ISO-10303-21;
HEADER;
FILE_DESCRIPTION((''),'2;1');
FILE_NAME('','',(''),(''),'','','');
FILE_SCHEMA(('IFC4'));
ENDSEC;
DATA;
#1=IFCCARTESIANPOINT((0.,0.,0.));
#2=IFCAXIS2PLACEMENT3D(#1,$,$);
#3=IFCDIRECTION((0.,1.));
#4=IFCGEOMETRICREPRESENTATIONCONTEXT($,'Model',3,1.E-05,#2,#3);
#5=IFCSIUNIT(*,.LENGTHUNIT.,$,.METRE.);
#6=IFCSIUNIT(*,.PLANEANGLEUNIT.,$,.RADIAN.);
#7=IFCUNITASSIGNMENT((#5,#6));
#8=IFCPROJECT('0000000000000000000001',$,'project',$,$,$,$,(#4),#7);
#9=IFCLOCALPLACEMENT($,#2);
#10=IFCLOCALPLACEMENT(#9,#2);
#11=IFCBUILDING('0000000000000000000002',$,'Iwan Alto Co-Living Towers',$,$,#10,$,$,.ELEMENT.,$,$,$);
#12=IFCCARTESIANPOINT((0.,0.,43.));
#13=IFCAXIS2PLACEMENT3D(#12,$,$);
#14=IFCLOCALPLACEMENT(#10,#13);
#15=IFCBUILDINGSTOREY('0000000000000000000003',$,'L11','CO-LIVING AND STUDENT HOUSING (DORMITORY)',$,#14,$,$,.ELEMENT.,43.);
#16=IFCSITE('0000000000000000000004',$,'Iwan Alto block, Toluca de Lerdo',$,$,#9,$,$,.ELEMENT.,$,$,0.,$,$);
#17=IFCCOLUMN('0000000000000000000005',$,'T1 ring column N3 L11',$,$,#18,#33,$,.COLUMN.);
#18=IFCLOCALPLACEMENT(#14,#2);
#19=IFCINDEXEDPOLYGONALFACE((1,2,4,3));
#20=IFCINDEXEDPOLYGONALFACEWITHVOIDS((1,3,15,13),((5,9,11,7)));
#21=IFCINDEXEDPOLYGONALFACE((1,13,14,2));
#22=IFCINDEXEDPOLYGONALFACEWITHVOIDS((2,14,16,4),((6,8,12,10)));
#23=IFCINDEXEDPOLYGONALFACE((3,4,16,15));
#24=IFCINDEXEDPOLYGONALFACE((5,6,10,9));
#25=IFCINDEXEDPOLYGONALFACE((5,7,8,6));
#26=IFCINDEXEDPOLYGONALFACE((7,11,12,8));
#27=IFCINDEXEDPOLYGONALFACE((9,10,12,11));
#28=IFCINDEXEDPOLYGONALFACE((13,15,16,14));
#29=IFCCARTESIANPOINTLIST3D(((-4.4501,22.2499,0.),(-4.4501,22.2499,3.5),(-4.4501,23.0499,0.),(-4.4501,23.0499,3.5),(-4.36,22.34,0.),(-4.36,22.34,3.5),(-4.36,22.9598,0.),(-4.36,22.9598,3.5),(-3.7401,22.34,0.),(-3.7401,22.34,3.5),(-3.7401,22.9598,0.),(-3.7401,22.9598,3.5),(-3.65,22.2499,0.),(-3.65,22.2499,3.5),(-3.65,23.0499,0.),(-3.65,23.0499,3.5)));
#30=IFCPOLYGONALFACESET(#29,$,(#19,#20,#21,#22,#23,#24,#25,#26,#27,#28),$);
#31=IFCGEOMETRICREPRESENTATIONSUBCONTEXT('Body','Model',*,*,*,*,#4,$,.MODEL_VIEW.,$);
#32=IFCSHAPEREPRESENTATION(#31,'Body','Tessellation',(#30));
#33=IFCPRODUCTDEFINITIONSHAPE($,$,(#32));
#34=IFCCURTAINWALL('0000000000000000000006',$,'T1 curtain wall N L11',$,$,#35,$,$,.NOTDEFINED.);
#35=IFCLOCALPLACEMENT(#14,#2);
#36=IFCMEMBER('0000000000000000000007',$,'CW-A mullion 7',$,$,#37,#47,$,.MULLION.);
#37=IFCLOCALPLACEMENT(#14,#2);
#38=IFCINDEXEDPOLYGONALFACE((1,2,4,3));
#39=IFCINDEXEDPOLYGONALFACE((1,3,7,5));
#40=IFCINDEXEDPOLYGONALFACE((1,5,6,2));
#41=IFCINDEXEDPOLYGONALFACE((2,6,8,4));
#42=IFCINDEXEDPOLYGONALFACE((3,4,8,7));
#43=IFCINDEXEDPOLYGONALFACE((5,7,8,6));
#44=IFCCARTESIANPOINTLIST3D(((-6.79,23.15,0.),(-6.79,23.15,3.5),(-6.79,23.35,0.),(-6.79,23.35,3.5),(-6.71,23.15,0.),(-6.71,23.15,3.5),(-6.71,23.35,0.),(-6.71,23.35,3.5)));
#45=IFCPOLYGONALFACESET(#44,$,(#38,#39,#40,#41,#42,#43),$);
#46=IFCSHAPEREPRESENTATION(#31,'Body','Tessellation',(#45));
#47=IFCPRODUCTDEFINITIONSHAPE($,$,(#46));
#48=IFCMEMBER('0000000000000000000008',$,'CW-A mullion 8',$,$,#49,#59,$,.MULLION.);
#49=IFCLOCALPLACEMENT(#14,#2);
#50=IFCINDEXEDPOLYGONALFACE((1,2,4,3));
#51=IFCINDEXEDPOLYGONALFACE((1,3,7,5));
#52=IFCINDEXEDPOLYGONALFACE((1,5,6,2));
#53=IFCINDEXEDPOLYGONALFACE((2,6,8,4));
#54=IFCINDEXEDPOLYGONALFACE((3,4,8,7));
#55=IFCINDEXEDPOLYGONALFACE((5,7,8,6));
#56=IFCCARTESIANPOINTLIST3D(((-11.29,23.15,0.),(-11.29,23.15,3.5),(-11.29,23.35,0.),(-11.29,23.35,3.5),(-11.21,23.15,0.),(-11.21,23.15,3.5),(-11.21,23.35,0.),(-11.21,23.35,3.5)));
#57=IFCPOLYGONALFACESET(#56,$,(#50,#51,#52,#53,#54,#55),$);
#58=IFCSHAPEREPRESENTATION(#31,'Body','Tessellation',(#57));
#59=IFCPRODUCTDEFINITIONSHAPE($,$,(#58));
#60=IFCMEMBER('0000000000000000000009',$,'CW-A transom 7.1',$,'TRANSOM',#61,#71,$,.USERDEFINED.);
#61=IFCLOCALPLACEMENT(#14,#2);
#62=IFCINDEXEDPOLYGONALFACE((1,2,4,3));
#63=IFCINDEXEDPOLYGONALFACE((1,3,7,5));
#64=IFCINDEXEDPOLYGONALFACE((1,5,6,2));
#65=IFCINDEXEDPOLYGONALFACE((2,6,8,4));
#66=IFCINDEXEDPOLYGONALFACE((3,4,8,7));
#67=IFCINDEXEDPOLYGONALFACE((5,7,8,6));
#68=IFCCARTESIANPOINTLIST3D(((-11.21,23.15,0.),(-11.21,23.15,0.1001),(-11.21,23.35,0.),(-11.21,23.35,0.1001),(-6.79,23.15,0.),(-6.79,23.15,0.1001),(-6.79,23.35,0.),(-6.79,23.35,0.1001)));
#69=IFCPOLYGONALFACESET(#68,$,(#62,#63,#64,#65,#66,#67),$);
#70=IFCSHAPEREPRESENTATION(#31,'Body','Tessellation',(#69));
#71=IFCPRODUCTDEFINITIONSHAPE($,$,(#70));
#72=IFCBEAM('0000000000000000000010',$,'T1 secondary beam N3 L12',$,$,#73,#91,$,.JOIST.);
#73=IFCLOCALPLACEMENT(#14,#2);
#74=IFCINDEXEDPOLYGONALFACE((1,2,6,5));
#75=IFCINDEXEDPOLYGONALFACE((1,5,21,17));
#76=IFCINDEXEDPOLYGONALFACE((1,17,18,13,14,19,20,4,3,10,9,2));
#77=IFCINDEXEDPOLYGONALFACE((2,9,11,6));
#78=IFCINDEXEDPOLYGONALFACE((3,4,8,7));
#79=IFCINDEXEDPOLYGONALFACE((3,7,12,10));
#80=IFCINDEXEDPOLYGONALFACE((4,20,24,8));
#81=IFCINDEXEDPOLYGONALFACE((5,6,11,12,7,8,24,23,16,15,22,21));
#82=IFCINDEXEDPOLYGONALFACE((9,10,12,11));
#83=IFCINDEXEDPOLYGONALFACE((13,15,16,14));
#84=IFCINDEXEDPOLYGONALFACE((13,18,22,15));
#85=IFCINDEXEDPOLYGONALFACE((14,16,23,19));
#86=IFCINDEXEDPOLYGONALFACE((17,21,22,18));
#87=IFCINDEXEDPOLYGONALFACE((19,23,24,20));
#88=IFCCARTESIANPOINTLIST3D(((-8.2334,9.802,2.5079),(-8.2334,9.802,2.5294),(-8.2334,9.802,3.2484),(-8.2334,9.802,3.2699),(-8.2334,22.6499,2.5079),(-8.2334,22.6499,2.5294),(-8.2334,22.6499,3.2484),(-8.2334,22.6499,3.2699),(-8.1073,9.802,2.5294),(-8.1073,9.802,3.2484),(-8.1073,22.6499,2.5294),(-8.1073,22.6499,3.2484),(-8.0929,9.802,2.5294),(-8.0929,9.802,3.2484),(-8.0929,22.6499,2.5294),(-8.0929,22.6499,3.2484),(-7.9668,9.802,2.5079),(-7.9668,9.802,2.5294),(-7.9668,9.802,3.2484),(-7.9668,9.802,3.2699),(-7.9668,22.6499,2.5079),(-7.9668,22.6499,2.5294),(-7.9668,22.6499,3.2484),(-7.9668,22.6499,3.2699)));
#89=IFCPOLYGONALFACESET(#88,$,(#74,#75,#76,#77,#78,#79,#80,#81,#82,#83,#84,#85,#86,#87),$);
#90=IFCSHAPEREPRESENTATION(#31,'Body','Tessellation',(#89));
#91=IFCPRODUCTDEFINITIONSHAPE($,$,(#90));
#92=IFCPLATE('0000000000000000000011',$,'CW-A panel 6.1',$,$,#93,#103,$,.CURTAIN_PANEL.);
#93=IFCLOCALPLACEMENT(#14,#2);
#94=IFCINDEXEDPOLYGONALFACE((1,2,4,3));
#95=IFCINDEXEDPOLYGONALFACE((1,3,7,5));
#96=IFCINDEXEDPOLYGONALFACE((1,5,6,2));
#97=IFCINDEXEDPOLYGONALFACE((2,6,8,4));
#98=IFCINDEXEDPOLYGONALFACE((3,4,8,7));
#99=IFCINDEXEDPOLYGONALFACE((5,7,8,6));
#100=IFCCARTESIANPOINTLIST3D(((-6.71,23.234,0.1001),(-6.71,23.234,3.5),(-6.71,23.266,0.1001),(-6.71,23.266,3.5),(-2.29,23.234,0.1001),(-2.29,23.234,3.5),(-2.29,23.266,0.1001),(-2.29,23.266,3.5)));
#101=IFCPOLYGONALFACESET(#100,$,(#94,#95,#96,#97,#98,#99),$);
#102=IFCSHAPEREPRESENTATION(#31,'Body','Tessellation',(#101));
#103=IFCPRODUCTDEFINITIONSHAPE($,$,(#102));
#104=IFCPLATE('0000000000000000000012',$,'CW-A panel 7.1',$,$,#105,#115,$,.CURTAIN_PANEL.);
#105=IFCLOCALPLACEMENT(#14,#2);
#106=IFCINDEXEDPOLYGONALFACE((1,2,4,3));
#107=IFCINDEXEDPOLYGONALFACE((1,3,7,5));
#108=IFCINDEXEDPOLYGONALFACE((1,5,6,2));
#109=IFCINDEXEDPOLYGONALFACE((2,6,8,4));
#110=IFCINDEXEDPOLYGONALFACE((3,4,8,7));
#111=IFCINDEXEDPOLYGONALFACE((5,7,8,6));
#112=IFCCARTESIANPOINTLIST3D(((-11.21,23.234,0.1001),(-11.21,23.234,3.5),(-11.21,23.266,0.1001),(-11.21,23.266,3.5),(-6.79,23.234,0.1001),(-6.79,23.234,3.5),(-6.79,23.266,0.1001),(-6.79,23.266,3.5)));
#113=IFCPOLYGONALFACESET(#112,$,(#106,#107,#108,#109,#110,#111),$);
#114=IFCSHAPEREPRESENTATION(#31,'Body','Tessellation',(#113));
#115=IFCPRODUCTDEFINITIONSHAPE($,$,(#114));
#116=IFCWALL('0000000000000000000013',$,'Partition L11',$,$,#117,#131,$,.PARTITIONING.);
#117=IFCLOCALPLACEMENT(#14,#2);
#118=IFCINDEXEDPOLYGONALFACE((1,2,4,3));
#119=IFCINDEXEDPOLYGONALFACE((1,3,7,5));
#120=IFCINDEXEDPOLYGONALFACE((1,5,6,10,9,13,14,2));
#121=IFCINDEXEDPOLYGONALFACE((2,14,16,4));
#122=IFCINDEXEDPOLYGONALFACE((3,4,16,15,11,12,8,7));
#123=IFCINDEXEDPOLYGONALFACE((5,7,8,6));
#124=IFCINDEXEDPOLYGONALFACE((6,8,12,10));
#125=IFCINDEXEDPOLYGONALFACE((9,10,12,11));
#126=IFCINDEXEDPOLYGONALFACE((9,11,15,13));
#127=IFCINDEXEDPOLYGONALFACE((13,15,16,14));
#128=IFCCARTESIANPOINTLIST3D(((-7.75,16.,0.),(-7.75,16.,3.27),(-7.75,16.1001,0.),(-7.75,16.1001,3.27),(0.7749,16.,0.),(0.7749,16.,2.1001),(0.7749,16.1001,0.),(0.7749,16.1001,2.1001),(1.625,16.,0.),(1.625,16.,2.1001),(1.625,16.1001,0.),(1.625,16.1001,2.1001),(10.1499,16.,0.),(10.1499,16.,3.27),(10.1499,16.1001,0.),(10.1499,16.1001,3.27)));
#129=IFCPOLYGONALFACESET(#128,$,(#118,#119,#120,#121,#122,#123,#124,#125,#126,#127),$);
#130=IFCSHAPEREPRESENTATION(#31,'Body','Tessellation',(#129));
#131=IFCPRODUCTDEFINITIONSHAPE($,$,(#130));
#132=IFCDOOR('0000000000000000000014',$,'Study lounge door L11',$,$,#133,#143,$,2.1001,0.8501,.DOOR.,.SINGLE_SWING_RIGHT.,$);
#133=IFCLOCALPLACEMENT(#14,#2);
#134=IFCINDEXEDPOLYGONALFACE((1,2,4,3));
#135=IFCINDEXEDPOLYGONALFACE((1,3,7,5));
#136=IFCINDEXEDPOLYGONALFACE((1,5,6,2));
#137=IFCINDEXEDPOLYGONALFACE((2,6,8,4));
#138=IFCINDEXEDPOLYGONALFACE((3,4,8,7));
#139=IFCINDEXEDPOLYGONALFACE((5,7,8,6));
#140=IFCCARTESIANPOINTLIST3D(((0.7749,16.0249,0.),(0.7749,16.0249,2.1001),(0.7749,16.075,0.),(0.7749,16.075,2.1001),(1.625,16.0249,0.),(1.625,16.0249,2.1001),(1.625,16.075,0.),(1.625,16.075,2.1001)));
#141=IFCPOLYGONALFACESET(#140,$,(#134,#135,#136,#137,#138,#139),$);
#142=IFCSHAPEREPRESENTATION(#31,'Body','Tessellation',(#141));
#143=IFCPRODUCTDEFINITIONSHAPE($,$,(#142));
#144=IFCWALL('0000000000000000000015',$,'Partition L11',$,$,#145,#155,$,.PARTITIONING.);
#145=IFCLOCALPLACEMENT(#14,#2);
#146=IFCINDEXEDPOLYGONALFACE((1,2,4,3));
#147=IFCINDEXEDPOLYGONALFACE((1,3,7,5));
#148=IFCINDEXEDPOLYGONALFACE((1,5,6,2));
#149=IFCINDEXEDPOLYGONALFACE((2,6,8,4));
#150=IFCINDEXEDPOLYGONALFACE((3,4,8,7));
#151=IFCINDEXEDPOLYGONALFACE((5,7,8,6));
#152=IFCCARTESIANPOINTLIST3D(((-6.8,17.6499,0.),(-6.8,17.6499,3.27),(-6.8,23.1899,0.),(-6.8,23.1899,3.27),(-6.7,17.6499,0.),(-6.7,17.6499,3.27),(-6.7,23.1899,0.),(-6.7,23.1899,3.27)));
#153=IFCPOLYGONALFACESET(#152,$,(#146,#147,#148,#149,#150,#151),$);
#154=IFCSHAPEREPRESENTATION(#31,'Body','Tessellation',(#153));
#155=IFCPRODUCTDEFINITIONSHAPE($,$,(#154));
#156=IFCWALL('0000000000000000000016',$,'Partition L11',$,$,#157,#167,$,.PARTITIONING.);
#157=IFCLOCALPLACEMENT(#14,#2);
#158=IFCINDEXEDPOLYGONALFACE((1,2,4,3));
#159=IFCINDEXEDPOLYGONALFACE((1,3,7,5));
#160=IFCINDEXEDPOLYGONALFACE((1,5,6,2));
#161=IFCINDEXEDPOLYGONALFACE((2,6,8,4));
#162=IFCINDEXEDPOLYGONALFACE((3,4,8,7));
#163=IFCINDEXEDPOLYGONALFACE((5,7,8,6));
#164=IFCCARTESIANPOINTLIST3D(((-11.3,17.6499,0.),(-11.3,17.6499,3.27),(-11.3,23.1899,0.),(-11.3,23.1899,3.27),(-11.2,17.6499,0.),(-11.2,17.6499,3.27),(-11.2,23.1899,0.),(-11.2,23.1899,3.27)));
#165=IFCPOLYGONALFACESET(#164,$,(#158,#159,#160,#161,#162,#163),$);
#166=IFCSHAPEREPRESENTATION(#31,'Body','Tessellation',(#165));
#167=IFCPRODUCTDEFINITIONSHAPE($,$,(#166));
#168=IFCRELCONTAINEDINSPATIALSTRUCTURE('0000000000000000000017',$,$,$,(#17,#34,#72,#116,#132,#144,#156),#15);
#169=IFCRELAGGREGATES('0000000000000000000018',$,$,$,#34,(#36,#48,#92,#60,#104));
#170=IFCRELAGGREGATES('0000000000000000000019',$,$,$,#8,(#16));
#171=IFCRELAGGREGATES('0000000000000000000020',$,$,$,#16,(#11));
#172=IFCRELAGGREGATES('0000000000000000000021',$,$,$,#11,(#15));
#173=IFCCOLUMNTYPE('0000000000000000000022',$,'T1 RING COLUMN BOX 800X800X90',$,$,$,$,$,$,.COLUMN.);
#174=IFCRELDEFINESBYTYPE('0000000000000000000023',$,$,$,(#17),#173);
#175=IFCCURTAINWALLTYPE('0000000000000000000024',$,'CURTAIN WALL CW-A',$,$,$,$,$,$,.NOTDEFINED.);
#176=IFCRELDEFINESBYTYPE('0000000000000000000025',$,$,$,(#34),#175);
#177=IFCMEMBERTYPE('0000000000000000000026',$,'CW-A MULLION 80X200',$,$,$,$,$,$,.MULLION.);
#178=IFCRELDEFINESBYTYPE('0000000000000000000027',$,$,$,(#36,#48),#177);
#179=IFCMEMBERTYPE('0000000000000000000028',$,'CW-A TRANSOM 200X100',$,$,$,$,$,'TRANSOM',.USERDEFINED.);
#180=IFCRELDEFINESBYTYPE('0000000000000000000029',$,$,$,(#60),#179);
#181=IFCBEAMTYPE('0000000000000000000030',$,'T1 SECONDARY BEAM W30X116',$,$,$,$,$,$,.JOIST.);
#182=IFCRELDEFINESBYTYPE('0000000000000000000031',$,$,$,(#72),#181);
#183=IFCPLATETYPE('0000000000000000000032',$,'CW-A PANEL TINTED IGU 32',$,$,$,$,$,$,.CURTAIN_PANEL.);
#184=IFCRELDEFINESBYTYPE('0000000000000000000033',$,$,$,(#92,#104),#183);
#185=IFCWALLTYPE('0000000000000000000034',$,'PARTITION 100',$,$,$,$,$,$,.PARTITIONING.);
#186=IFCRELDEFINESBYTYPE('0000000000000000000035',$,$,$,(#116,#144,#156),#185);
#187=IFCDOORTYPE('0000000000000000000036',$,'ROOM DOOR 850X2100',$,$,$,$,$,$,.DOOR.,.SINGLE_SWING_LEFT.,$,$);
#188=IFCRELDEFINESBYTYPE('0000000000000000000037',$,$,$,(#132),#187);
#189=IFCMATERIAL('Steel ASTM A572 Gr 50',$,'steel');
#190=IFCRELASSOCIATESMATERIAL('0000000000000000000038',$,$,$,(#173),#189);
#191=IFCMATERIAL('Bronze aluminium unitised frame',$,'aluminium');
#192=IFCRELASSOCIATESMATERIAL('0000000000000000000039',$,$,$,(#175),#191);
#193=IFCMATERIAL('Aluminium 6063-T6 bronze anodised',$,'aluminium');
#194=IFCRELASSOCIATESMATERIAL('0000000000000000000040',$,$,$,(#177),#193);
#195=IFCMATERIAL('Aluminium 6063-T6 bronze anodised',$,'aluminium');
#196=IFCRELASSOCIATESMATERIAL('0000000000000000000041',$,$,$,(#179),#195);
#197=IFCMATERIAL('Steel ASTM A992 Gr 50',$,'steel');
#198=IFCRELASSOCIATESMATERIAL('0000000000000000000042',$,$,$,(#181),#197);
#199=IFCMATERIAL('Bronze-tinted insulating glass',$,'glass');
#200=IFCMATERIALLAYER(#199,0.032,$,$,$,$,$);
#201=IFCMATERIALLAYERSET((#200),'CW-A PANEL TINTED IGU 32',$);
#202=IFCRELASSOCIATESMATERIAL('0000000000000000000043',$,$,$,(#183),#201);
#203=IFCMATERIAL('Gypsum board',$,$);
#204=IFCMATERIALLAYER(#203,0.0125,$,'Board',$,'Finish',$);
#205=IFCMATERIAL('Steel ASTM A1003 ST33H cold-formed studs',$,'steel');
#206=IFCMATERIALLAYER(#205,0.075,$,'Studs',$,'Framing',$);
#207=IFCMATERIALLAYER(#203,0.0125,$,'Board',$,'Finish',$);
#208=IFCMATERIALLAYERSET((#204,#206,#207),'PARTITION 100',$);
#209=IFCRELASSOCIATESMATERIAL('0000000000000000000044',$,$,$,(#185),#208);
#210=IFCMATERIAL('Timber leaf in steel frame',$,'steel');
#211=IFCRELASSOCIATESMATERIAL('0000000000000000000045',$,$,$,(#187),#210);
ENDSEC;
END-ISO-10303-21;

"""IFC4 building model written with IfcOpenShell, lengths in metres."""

from ifc_helpers import new_model, si_unit, direction, frame, frame_2d, origin, origin_2d, place, context, subcontext, project, spatial, rectangle, hollow_rectangle, i_section, extrude, material, layer, layer_set, material_profile, profile_set, type_object, element, fill, aggregate, save


model = new_model("IFC4")

# Units and contexts
model_context = context("Model", 3, precision=1e-05, world=origin(), true_north=direction((0.0, 1.0)))
body_context = subcontext(model_context, "Body", "Model", "MODEL_VIEW")
ifc_project = project(units=[si_unit("LENGTHUNIT", "METRE"), si_unit("PLANEANGLEUNIT", "RADIAN")], contexts=[model_context])

# Site, building, storey
site_placement = place(None, origin())
site = spatial("IfcSite", under=ifc_project, at=site_placement, Name="Iwan Alto block, Toluca de Lerdo", CompositionType="ELEMENT", RefElevation=0.0)
building_placement = place(site_placement, origin())
building = spatial("IfcBuilding", under=site, at=building_placement, Name="Iwan Alto Co-Living Towers", CompositionType="ELEMENT")
storey_placement = place(building_placement, frame((0.0, 0.0, 43.0)))
storey = spatial("IfcBuildingStorey", under=building, at=storey_placement, Name="L11", Description="CO-LIVING AND STUDENT HOUSING (DORMITORY)", CompositionType="ELEMENT", Elevation=43.0)

# Column
ifc_material_1 = material(Name="Steel ASTM A572 Gr 50", Category="steel")
ifc_material_profile_1 = material_profile(ifc_material_1, hollow_rectangle(XDim=0.8, YDim=0.8, WallThickness=0.0901, at=origin_2d()), Name="BOX 800X800X90")
ifc_profile_set_1 = profile_set([ifc_material_profile_1], Name="Steel ASTM A572 Gr 50")
column_type = type_object("IfcColumnType", Name="T1 RING COLUMN BOX 800X800X90", PredefinedType="COLUMN", material=ifc_profile_set_1)
column_placement = place(storey_placement, frame((-4.05, 22.6499, 0.0), z_axis=(0.0, 0.0, 1.0), x_axis=(1.0, 0.0, 0.0)))
element("IfcColumn", 1, at=column_placement, inside=storey, type_object=column_type, Name="T1 ring column N3 L11", PredefinedType="COLUMN", context=body_context, shape_type="SweptSolid", body=[
    extrude(hollow_rectangle(XDim=0.8, YDim=0.8, WallThickness=0.0901, at=origin_2d()), origin(), (0.0, 0.0, 1.0), 3.5),
])

# Curtain wall, members
ifc_material_2 = material(Name="Bronze aluminium unitised frame", Category="aluminium")
curtain_wall_type = type_object("IfcCurtainWallType", Name="CURTAIN WALL CW-A", PredefinedType="NOTDEFINED", material=ifc_material_2)
curtain_wall_placement = place(storey_placement, origin())
curtain_wall = element("IfcCurtainWall", 2, at=curtain_wall_placement, inside=storey, type_object=curtain_wall_type, Name="T1 curtain wall N L11", PredefinedType="NOTDEFINED")
ifc_material_3 = material(Name="Aluminium 6063-T6 bronze anodised", Category="aluminium")
ifc_material_profile_2 = material_profile(ifc_material_3, rectangle(XDim=0.2, YDim=0.0801, at=origin_2d()), Name="AL 80X200")
ifc_profile_set_2 = profile_set([ifc_material_profile_2], Name="Aluminium 6063-T6 bronze anodised")
member_type_1 = type_object("IfcMemberType", Name="CW-A MULLION 80X200", PredefinedType="MULLION", material=ifc_profile_set_2)
member_1_placement = place(storey_placement, frame((-6.75, 23.25, 0.0), z_axis=(0.0, 0.0, 1.0), x_axis=(0.0, -1.0, 0.0)))
member_1 = element("IfcMember", 3, at=member_1_placement, type_object=member_type_1, Name="CW-A mullion 7", PredefinedType="MULLION", context=body_context, shape_type="SweptSolid", body=[
    extrude(rectangle(XDim=0.2, YDim=0.0801, at=origin_2d()), origin(), (0.0, 0.0, 1.0), 3.5),
])
member_2_placement = place(storey_placement, frame((-11.25, 23.25, 0.0), z_axis=(0.0, 0.0, 1.0), x_axis=(0.0, -1.0, 0.0)))
member_2 = element("IfcMember", 4, at=member_2_placement, type_object=member_type_1, Name="CW-A mullion 8", PredefinedType="MULLION", context=body_context, shape_type="SweptSolid", body=[
    extrude(rectangle(XDim=0.2, YDim=0.0801, at=origin_2d()), origin(), (0.0, 0.0, 1.0), 3.5),
])
ifc_material_4 = material(Name="Aluminium 6063-T6 bronze anodised", Category="aluminium")
ifc_material_profile_3 = material_profile(ifc_material_4, rectangle(XDim=0.2, YDim=0.1001, at=origin_2d()), Name="AL 200X100")
ifc_profile_set_3 = profile_set([ifc_material_profile_3], Name="Aluminium 6063-T6 bronze anodised")
member_type_2 = type_object("IfcMemberType", Name="CW-A TRANSOM 200X100", ElementType="TRANSOM", PredefinedType="USERDEFINED", material=ifc_profile_set_3)
member_3_placement = place(storey_placement, frame((-6.79, 23.25, 0.05), z_axis=(-1.0, 0.0, 0.0), x_axis=(0.0, -1.0, 0.0)))
member_3 = element("IfcMember", 5, at=member_3_placement, type_object=member_type_2, Name="CW-A transom 7.1", ObjectType="TRANSOM", PredefinedType="USERDEFINED", context=body_context, shape_type="SweptSolid", body=[
    extrude(rectangle(XDim=0.2, YDim=0.1001, at=origin_2d()), origin(), (0.0, 0.0, 1.0), 4.4199),
])

# Beam
ifc_material_5 = material(Name="Steel ASTM A992 Gr 50", Category="steel")
ifc_material_profile_4 = material_profile(ifc_material_5, i_section(OverallWidth=0.2666, OverallDepth=0.762, WebThickness=0.0144, FlangeThickness=0.0215, at=origin_2d()), Name="W30X116")
ifc_profile_set_4 = profile_set([ifc_material_profile_4], Name="Steel ASTM A992 Gr 50")
beam_type = type_object("IfcBeamType", Name="T1 SECONDARY BEAM W30X116", PredefinedType="JOIST", material=ifc_profile_set_4)
beam_placement = place(storey_placement, frame((-8.1001, 22.6499, 2.8889), z_axis=(0.0, -1.0, 0.0), x_axis=(1.0, 0.0, 0.0)))
element("IfcBeam", 6, at=beam_placement, inside=storey, type_object=beam_type, Name="T1 secondary beam N3 L12", PredefinedType="JOIST", context=body_context, shape_type="SweptSolid", body=[
    extrude(i_section(OverallWidth=0.2666, OverallDepth=0.762, WebThickness=0.0144, FlangeThickness=0.0215, at=origin_2d()), origin(), (0.0, 0.0, 1.0), 12.8479),
])

# Plates
ifc_material_6 = material(Name="Bronze-tinted insulating glass", Category="glass")
ifc_layer_1 = layer(ifc_material_6, 0.032)
ifc_layer_set_1 = layer_set([ifc_layer_1], Name="CW-A PANEL TINTED IGU 32")
plate_type = type_object("IfcPlateType", Name="CW-A PANEL TINTED IGU 32", PredefinedType="CURTAIN_PANEL", material=ifc_layer_set_1)
plate_1_placement = place(storey_placement, frame((-4.5, 23.25, 0.1001), z_axis=(0.0, 0.0, 1.0), x_axis=(-1.0, 0.0, 0.0)))
plate_1 = element("IfcPlate", 7, at=plate_1_placement, type_object=plate_type, Name="CW-A panel 6.1", PredefinedType="CURTAIN_PANEL", context=body_context, shape_type="SweptSolid", body=[
    extrude(rectangle(XDim=4.4199, YDim=0.032, at=origin_2d()), origin(), (0.0, 0.0, 1.0), 3.3999),
])
plate_2_placement = place(storey_placement, frame((-9.0, 23.25, 0.1001), z_axis=(0.0, 0.0, 1.0), x_axis=(-1.0, 0.0, 0.0)))
plate_2 = element("IfcPlate", 8, at=plate_2_placement, type_object=plate_type, Name="CW-A panel 7.1", PredefinedType="CURTAIN_PANEL", context=body_context, shape_type="SweptSolid", body=[
    extrude(rectangle(XDim=4.4199, YDim=0.032, at=origin_2d()), origin(), (0.0, 0.0, 1.0), 3.3999),
])
aggregate(curtain_wall, [member_1, member_2, plate_1, member_3, plate_2])

# Wall, opening, door
ifc_material_7 = material(Name="Gypsum board")
ifc_layer_2 = layer(ifc_material_7, 0.0125, Name="Board", Category="Finish")
ifc_material_8 = material(Name="Steel ASTM A1003 ST33H cold-formed studs", Category="steel")
ifc_layer_3 = layer(ifc_material_8, 0.075, Name="Studs", Category="Framing")
ifc_layer_4 = layer(ifc_material_7, 0.0125, Name="Board", Category="Finish")
ifc_layer_set_2 = layer_set([ifc_layer_2, ifc_layer_3, ifc_layer_4], Name="PARTITION 100")
wall_type = type_object("IfcWallType", Name="PARTITION 100", PredefinedType="PARTITIONING", material=ifc_layer_set_2)
wall_placement = place(storey_placement, frame((-7.75, 16.05, 0.0), z_axis=(0.0, 0.0, 1.0), x_axis=(1.0, 0.0, 0.0)))
wall = element("IfcWall", 9, at=wall_placement, inside=storey, type_object=wall_type, Name="Partition L11", PredefinedType="PARTITIONING", context=body_context, shape_type="SweptSolid", body=[
    extrude(rectangle(XDim=17.8999, YDim=0.1001, at=frame_2d((8.95, 0.0))), origin(), (0.0, 0.0, 1.0), 3.27),
])
opening_placement = place(wall_placement, frame((8.5249, 0.0, 0.0)))
opening = element("IfcOpeningElement", 10, at=opening_placement, cuts=wall, PredefinedType="OPENING", context=body_context, shape_type="SweptSolid", body=[
    extrude(rectangle(XDim=0.8501, YDim=2.1001, at=frame_2d((0.425, 1.05))), frame((0.0, 0.0601, 0.0), z_axis=(0.0, -1.0, 0.0), x_axis=(1.0, 0.0, 0.0)), (0.0, 0.0, 1.0), 0.1201),
])
ifc_material_9 = material(Name="Timber leaf in steel frame", Category="steel")
door_type = type_object("IfcDoorType", Name="ROOM DOOR 850X2100", OperationType="SINGLE_SWING_LEFT", PredefinedType="DOOR", material=ifc_material_9)
door_placement = place(opening_placement, origin())
door = element("IfcDoor", 11, at=door_placement, inside=storey, type_object=door_type, Name="Study lounge door L11", OperationType="SINGLE_SWING_RIGHT", OverallHeight=2.1001, OverallWidth=0.8501, PredefinedType="DOOR", context=body_context, shape_type="SweptSolid", body=[
    extrude(rectangle(XDim=0.8501, YDim=2.1001, at=frame_2d((0.425, 1.05))), frame((0.0, 0.0249, 0.0), z_axis=(0.0, -1.0, 0.0), x_axis=(1.0, 0.0, 0.0)), (0.0, 0.0, 1.0), 0.05),
])
fill(opening, door)

# Walls
for number, where, z_axis, x_axis, name in (
    (12, (-6.75, 17.6499, 0.0), (0.0, 0.0, 1.0), (0.0, 1.0, 0.0), "Partition L11"),
    (13, (-11.25, 17.6499, 0.0), (0.0, 0.0, 1.0), (0.0, 1.0, 0.0), "Partition L11"),
):
    element("IfcWall", number, at=place(storey_placement, frame(where, z_axis=z_axis, x_axis=x_axis)), inside=storey, type_object=wall_type, Name=name, PredefinedType="PARTITIONING", context=body_context, shape_type="SweptSolid", body=[
        extrude(rectangle(XDim=5.54, YDim=0.1001, at=frame_2d((2.77, 0.0))), origin(), (0.0, 0.0, 1.0), 3.27),
    ])

save(model, "model.ifc")
